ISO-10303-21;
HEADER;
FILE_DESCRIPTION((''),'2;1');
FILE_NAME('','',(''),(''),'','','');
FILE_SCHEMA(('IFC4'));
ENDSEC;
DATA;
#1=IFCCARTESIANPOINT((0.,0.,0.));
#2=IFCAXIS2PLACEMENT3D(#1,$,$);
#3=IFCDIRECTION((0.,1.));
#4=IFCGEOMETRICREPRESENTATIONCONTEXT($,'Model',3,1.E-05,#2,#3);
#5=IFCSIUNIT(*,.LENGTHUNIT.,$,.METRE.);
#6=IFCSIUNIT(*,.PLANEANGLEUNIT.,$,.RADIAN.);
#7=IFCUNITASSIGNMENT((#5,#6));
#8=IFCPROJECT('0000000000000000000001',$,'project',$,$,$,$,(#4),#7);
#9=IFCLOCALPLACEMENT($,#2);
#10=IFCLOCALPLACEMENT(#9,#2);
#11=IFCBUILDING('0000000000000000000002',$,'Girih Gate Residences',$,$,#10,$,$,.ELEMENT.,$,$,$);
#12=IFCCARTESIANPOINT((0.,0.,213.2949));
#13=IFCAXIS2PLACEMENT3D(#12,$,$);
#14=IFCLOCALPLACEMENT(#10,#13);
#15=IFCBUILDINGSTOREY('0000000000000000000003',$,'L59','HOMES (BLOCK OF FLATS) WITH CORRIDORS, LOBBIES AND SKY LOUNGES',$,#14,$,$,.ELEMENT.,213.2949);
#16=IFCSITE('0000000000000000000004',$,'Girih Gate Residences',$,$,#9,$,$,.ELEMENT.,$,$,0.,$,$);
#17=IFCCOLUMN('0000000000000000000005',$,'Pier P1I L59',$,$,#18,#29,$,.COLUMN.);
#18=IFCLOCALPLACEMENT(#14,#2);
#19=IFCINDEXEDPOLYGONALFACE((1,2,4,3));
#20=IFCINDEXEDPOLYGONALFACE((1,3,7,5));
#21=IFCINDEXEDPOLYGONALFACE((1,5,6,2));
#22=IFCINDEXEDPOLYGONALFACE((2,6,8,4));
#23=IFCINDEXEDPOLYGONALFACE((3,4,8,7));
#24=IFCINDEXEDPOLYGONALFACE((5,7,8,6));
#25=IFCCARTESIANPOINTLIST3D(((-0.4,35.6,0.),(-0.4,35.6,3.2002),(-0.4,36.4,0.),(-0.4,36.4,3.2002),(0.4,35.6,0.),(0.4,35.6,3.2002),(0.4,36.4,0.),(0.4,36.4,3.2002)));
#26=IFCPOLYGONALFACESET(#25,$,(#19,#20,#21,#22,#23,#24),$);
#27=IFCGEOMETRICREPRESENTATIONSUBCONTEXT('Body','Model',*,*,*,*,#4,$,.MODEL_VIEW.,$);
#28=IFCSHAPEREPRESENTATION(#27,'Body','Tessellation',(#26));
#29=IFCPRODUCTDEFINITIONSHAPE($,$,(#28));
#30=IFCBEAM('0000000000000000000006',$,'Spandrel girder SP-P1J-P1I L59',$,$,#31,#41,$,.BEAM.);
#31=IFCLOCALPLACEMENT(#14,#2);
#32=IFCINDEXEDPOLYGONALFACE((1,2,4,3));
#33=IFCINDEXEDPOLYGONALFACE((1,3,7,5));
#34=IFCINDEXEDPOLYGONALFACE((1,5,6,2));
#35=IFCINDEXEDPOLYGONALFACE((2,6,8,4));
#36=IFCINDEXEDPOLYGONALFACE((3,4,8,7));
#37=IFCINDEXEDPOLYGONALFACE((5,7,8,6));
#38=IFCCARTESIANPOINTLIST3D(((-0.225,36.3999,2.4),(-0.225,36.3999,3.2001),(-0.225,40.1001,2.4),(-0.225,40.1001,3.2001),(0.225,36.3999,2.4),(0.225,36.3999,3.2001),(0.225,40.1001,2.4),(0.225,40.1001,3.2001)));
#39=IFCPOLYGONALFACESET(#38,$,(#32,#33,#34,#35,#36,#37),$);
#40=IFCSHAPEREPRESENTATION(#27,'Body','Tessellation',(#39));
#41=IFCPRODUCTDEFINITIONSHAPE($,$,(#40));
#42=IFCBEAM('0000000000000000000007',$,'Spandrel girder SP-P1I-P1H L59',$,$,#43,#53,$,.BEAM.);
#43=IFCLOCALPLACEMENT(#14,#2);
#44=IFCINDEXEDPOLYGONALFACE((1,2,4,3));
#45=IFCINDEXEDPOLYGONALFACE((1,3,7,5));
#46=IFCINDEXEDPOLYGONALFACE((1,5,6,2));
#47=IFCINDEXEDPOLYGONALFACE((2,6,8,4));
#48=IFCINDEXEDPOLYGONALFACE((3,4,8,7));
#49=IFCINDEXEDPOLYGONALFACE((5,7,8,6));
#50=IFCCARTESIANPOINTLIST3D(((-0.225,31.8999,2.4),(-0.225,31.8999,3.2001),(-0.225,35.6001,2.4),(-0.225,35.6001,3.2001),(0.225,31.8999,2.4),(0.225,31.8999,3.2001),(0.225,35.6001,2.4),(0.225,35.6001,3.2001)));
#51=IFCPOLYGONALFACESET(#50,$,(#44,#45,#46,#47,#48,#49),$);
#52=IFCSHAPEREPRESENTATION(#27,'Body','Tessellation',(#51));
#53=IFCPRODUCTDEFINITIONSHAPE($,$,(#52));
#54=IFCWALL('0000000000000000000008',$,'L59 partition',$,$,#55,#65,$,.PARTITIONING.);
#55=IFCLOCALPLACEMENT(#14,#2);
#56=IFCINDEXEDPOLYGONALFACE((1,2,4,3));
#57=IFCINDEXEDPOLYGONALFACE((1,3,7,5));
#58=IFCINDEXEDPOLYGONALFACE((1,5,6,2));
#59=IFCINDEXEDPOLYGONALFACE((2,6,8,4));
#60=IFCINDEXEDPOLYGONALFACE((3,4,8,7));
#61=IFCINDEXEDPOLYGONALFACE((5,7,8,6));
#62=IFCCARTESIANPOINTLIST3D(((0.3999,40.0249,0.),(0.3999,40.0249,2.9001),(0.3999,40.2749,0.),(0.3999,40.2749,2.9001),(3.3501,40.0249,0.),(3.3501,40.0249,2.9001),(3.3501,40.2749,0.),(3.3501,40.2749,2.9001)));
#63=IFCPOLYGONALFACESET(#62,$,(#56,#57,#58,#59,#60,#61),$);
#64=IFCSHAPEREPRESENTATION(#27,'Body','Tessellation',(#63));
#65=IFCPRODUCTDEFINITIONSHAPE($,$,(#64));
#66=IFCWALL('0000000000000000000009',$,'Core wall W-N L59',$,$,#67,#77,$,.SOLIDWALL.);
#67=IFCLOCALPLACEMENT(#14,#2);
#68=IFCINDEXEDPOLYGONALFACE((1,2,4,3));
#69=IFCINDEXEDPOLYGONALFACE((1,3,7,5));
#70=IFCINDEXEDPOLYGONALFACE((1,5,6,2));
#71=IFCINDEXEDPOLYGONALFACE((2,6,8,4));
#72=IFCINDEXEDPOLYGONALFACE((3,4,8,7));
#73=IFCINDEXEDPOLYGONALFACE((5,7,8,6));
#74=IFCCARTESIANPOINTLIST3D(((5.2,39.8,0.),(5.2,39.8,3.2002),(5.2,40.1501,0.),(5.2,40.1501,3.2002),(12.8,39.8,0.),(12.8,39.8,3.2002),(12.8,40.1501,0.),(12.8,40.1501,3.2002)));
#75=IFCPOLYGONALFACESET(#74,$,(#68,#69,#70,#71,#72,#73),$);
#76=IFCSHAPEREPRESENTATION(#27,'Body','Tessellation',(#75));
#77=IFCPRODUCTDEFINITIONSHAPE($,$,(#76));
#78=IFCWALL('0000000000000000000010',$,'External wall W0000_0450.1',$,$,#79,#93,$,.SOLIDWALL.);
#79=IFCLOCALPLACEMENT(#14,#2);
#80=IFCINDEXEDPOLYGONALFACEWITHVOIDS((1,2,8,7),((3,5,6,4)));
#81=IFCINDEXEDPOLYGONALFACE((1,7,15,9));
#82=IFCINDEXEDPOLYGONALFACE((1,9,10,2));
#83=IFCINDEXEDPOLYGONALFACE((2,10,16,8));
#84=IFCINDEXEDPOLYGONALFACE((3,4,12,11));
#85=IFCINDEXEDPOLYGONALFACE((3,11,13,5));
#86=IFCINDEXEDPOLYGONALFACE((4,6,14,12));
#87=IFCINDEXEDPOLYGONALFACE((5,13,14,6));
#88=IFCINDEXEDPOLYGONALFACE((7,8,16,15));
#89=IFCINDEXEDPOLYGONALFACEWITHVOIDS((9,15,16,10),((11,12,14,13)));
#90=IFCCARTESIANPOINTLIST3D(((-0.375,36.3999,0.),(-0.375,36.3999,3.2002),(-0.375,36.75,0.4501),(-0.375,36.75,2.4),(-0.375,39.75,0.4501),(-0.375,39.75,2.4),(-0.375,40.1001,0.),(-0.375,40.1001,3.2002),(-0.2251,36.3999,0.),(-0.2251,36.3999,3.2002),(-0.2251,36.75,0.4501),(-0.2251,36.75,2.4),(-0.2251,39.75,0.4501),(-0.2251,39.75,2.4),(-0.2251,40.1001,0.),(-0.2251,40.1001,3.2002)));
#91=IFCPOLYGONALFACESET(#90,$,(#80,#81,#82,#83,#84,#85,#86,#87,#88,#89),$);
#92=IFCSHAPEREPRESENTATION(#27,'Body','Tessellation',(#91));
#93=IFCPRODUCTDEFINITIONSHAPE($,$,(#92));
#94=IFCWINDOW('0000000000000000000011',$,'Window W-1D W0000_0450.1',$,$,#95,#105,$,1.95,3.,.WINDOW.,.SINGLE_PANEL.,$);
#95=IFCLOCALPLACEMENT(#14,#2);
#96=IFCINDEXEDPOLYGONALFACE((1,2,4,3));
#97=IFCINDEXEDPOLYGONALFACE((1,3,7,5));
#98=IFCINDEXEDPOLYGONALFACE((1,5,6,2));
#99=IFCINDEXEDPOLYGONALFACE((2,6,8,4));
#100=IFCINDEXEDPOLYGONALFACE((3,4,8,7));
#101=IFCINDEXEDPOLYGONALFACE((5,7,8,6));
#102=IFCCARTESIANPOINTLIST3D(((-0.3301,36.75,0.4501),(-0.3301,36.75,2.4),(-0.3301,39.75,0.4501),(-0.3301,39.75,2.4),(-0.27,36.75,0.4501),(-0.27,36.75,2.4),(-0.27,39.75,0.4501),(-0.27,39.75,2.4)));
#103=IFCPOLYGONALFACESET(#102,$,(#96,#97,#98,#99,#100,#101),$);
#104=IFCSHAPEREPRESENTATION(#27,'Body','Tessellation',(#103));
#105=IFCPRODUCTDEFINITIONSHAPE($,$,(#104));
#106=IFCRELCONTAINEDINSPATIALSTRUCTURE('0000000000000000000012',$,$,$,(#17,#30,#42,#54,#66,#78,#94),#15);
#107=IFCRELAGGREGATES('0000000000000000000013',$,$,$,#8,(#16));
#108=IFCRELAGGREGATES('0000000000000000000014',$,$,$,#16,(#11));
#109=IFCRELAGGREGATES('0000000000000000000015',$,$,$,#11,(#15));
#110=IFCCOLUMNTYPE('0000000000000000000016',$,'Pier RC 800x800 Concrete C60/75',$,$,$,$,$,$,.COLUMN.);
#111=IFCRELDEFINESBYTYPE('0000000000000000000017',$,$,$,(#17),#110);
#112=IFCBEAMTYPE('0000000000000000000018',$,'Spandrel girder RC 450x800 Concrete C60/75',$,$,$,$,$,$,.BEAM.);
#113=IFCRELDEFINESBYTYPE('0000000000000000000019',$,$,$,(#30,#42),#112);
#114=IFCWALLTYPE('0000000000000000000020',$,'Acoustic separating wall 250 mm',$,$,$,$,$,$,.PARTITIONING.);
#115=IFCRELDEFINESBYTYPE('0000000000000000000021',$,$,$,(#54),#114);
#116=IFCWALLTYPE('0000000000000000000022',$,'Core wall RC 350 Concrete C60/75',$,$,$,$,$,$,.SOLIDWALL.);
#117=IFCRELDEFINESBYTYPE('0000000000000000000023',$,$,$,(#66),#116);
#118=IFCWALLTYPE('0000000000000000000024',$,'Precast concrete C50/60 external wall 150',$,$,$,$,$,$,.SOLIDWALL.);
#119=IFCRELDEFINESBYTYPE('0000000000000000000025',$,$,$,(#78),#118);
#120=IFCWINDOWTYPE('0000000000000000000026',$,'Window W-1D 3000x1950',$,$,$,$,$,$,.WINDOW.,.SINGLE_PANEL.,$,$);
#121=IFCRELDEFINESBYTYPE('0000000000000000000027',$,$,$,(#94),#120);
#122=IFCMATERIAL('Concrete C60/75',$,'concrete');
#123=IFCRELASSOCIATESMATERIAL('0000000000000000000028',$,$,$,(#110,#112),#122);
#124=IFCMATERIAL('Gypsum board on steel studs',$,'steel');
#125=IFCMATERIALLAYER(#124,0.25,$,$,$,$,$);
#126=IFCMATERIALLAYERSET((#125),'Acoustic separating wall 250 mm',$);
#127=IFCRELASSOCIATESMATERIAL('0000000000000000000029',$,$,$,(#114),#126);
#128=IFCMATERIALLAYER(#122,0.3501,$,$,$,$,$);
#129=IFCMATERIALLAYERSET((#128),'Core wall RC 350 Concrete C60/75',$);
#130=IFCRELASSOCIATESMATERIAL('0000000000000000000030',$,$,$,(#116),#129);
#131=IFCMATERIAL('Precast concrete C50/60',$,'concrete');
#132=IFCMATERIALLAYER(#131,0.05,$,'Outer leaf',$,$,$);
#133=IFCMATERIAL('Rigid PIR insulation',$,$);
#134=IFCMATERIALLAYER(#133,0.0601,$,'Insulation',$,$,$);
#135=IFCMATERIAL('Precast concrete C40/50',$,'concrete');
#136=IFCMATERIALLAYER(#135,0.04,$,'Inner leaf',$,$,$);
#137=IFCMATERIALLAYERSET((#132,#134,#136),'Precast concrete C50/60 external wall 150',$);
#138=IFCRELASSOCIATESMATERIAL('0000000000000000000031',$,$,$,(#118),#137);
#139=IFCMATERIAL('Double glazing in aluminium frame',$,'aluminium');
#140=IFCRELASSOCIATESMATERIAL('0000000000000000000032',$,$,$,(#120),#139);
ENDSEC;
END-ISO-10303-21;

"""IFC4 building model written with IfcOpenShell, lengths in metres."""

from ifc_helpers import new_model, si_unit, direction, frame, frame_2d, origin, origin_2d, place, context, subcontext, project, spatial, rectangle, extrude, material, layer, layer_set, material_profile, profile_set, type_object, element, fill, save


model = new_model("IFC4")

# Units and contexts
model_context = context("Model", 3, precision=1e-05, world=origin(), true_north=direction((0.0, 1.0)))
body_context = subcontext(model_context, "Body", "Model", "MODEL_VIEW")
ifc_project = project(units=[si_unit("LENGTHUNIT", "METRE"), si_unit("PLANEANGLEUNIT", "RADIAN")], contexts=[model_context])

# Site, building, storey
site_placement = place(None, origin())
site = spatial("IfcSite", under=ifc_project, at=site_placement, Name="Girih Gate Residences", CompositionType="ELEMENT", RefElevation=0.0)
building_placement = place(site_placement, origin())
building = spatial("IfcBuilding", under=site, at=building_placement, Name="Girih Gate Residences", CompositionType="ELEMENT")
storey_placement = place(building_placement, frame((0.0, 0.0, 213.2949)))
storey = spatial("IfcBuildingStorey", under=building, at=storey_placement, Name="L59", Description="HOMES (BLOCK OF FLATS) WITH CORRIDORS, LOBBIES AND SKY LOUNGES", CompositionType="ELEMENT", Elevation=213.2949)

# Column
ifc_material_1 = material(Name="Concrete C60/75", Category="concrete")
ifc_material_profile_1 = material_profile(ifc_material_1, rectangle(XDim=0.8, YDim=0.8, at=origin_2d()))
ifc_profile_set_1 = profile_set([ifc_material_profile_1], Name="Concrete C60/75")
column_type = type_object("IfcColumnType", Name="Pier RC 800x800 Concrete C60/75", PredefinedType="COLUMN", material=ifc_profile_set_1)
column_placement = place(storey_placement, frame((0.0, 36.0, 0.0), z_axis=(0.0, 0.0, 1.0), x_axis=(1.0, 0.0, 0.0)))
element("IfcColumn", 1, at=column_placement, inside=storey, type_object=column_type, Name="Pier P1I L59", PredefinedType="COLUMN", context=body_context, shape_type="SweptSolid", body=[
    extrude(rectangle(XDim=0.8, YDim=0.8, at=origin_2d()), origin(), (0.0, 0.0, 1.0), 3.2002),
])

# Beams
ifc_material_profile_2 = material_profile(ifc_material_1, rectangle(XDim=0.45, YDim=0.8, at=origin_2d()))
ifc_profile_set_2 = profile_set([ifc_material_profile_2], Name="Concrete C60/75")
beam_type = type_object("IfcBeamType", Name="Spandrel girder RC 450x800 Concrete C60/75", PredefinedType="BEAM", material=ifc_profile_set_2)
for number, where, z_axis, x_axis, name in (
    (2, (0.0, 40.1001, 2.8), (0.0, -1.0, 0.0), (1.0, 0.0, 0.0), "Spandrel girder SP-P1J-P1I L59"),
    (3, (0.0, 35.6001, 2.8), (0.0, -1.0, 0.0), (1.0, 0.0, 0.0), "Spandrel girder SP-P1I-P1H L59"),
):
    element("IfcBeam", number, at=place(storey_placement, frame(where, z_axis=z_axis, x_axis=x_axis)), inside=storey, type_object=beam_type, Name=name, PredefinedType="BEAM", context=body_context, shape_type="SweptSolid", body=[
        extrude(rectangle(XDim=0.45, YDim=0.8, at=origin_2d()), origin(), (0.0, 0.0, 1.0), 3.7002),
    ])

# Wall
ifc_material_2 = material(Name="Gypsum board on steel studs", Category="steel")
ifc_layer_1 = layer(ifc_material_2, 0.25)
ifc_layer_set_1 = layer_set([ifc_layer_1], Name="Acoustic separating wall 250 mm")
wall_type_1 = type_object("IfcWallType", Name="Acoustic separating wall 250 mm", PredefinedType="PARTITIONING", material=ifc_layer_set_1)
wall_1_placement = place(storey_placement, frame((0.3999, 40.1499, 0.0), z_axis=(0.0, 0.0, 1.0), x_axis=(1.0, 0.0, 0.0)))
element("IfcWall", 4, at=wall_1_placement, inside=storey, type_object=wall_type_1, Name="L59 partition", PredefinedType="PARTITIONING", context=body_context, shape_type="SweptSolid", body=[
    extrude(rectangle(XDim=2.9502, YDim=0.25, at=frame_2d((1.4751, 0.0))), origin(), (0.0, 0.0, 1.0), 2.9001),
])

# Wall
ifc_layer_2 = layer(ifc_material_1, 0.3501)
ifc_layer_set_2 = layer_set([ifc_layer_2], Name="Core wall RC 350 Concrete C60/75")
wall_type_2 = type_object("IfcWallType", Name="Core wall RC 350 Concrete C60/75", PredefinedType="SOLIDWALL", material=ifc_layer_set_2)
wall_2_placement = place(storey_placement, frame((5.2, 39.9751, 0.0), z_axis=(0.0, 0.0, 1.0), x_axis=(1.0, 0.0, 0.0)))
element("IfcWall", 5, at=wall_2_placement, inside=storey, type_object=wall_type_2, Name="Core wall W-N L59", PredefinedType="SOLIDWALL", context=body_context, shape_type="SweptSolid", body=[
    extrude(rectangle(XDim=7.6001, YDim=0.3501, at=frame_2d((3.8, 0.0))), origin(), (0.0, 0.0, 1.0), 3.2002),
])

# Wall, opening, window
ifc_material_3 = material(Name="Precast concrete C50/60", Category="concrete")
ifc_layer_3 = layer(ifc_material_3, 0.05, Name="Outer leaf")
ifc_material_4 = material(Name="Rigid PIR insulation")
ifc_layer_4 = layer(ifc_material_4, 0.0601, Name="Insulation")
ifc_material_5 = material(Name="Precast concrete C40/50", Category="concrete")
ifc_layer_5 = layer(ifc_material_5, 0.04, Name="Inner leaf")
ifc_layer_set_3 = layer_set([ifc_layer_3, ifc_layer_4, ifc_layer_5], Name="Precast concrete C50/60 external wall 150")
wall_type_3 = type_object("IfcWallType", Name="Precast concrete C50/60 external wall 150", PredefinedType="SOLIDWALL", material=ifc_layer_set_3)
wall_3_placement = place(storey_placement, frame((-0.3, 36.3999, 0.0), z_axis=(0.0, 0.0, 1.0), x_axis=(0.0, 1.0, 0.0)))
wall_3 = element("IfcWall", 6, at=wall_3_placement, inside=storey, type_object=wall_type_3, Name="External wall W0000_0450.1", PredefinedType="SOLIDWALL", context=body_context, shape_type="SweptSolid", body=[
    extrude(rectangle(XDim=3.7002, YDim=0.1499, at=frame_2d((1.8501, 0.0))), origin(), (0.0, 0.0, 1.0), 3.2002),
])
opening_1_placement = place(wall_3_placement, frame((0.3501, 0.0, 0.45)))
opening_1 = element("IfcOpeningElement", 7, at=opening_1_placement, cuts=wall_3, PredefinedType="OPENING", context=body_context, shape_type="SweptSolid", body=[
    extrude(rectangle(XDim=3.0, YDim=1.95, at=frame_2d((1.5, 0.9751))), frame((0.0, 0.085, 0.0), z_axis=(0.0, -1.0, 0.0), x_axis=(1.0, 0.0, 0.0)), (0.0, 0.0, 1.0), 0.1699),
])
ifc_material_6 = material(Name="Double glazing in aluminium frame", Category="aluminium")
window_type = type_object("IfcWindowType", Name="Window W-1D 3000x1950", PartitioningType="SINGLE_PANEL", PredefinedType="WINDOW", material=ifc_material_6)
window_placement = place(opening_1_placement, origin())
window = element("IfcWindow", 8, at=window_placement, inside=storey, type_object=window_type, Name="Window W-1D W0000_0450.1", OverallHeight=1.95, OverallWidth=3.0, PartitioningType="SINGLE_PANEL", PredefinedType="WINDOW", context=body_context, shape_type="SweptSolid", body=[
    extrude(rectangle(XDim=3.0, YDim=1.95, at=frame_2d((1.5, 0.9751))), frame((0.0, 0.03, 0.0), z_axis=(0.0, -1.0, 0.0), x_axis=(1.0, 0.0, 0.0)), (0.0, 0.0, 1.0), 0.0601),
])
fill(opening_1, window)

save(model, "model.ifc")
